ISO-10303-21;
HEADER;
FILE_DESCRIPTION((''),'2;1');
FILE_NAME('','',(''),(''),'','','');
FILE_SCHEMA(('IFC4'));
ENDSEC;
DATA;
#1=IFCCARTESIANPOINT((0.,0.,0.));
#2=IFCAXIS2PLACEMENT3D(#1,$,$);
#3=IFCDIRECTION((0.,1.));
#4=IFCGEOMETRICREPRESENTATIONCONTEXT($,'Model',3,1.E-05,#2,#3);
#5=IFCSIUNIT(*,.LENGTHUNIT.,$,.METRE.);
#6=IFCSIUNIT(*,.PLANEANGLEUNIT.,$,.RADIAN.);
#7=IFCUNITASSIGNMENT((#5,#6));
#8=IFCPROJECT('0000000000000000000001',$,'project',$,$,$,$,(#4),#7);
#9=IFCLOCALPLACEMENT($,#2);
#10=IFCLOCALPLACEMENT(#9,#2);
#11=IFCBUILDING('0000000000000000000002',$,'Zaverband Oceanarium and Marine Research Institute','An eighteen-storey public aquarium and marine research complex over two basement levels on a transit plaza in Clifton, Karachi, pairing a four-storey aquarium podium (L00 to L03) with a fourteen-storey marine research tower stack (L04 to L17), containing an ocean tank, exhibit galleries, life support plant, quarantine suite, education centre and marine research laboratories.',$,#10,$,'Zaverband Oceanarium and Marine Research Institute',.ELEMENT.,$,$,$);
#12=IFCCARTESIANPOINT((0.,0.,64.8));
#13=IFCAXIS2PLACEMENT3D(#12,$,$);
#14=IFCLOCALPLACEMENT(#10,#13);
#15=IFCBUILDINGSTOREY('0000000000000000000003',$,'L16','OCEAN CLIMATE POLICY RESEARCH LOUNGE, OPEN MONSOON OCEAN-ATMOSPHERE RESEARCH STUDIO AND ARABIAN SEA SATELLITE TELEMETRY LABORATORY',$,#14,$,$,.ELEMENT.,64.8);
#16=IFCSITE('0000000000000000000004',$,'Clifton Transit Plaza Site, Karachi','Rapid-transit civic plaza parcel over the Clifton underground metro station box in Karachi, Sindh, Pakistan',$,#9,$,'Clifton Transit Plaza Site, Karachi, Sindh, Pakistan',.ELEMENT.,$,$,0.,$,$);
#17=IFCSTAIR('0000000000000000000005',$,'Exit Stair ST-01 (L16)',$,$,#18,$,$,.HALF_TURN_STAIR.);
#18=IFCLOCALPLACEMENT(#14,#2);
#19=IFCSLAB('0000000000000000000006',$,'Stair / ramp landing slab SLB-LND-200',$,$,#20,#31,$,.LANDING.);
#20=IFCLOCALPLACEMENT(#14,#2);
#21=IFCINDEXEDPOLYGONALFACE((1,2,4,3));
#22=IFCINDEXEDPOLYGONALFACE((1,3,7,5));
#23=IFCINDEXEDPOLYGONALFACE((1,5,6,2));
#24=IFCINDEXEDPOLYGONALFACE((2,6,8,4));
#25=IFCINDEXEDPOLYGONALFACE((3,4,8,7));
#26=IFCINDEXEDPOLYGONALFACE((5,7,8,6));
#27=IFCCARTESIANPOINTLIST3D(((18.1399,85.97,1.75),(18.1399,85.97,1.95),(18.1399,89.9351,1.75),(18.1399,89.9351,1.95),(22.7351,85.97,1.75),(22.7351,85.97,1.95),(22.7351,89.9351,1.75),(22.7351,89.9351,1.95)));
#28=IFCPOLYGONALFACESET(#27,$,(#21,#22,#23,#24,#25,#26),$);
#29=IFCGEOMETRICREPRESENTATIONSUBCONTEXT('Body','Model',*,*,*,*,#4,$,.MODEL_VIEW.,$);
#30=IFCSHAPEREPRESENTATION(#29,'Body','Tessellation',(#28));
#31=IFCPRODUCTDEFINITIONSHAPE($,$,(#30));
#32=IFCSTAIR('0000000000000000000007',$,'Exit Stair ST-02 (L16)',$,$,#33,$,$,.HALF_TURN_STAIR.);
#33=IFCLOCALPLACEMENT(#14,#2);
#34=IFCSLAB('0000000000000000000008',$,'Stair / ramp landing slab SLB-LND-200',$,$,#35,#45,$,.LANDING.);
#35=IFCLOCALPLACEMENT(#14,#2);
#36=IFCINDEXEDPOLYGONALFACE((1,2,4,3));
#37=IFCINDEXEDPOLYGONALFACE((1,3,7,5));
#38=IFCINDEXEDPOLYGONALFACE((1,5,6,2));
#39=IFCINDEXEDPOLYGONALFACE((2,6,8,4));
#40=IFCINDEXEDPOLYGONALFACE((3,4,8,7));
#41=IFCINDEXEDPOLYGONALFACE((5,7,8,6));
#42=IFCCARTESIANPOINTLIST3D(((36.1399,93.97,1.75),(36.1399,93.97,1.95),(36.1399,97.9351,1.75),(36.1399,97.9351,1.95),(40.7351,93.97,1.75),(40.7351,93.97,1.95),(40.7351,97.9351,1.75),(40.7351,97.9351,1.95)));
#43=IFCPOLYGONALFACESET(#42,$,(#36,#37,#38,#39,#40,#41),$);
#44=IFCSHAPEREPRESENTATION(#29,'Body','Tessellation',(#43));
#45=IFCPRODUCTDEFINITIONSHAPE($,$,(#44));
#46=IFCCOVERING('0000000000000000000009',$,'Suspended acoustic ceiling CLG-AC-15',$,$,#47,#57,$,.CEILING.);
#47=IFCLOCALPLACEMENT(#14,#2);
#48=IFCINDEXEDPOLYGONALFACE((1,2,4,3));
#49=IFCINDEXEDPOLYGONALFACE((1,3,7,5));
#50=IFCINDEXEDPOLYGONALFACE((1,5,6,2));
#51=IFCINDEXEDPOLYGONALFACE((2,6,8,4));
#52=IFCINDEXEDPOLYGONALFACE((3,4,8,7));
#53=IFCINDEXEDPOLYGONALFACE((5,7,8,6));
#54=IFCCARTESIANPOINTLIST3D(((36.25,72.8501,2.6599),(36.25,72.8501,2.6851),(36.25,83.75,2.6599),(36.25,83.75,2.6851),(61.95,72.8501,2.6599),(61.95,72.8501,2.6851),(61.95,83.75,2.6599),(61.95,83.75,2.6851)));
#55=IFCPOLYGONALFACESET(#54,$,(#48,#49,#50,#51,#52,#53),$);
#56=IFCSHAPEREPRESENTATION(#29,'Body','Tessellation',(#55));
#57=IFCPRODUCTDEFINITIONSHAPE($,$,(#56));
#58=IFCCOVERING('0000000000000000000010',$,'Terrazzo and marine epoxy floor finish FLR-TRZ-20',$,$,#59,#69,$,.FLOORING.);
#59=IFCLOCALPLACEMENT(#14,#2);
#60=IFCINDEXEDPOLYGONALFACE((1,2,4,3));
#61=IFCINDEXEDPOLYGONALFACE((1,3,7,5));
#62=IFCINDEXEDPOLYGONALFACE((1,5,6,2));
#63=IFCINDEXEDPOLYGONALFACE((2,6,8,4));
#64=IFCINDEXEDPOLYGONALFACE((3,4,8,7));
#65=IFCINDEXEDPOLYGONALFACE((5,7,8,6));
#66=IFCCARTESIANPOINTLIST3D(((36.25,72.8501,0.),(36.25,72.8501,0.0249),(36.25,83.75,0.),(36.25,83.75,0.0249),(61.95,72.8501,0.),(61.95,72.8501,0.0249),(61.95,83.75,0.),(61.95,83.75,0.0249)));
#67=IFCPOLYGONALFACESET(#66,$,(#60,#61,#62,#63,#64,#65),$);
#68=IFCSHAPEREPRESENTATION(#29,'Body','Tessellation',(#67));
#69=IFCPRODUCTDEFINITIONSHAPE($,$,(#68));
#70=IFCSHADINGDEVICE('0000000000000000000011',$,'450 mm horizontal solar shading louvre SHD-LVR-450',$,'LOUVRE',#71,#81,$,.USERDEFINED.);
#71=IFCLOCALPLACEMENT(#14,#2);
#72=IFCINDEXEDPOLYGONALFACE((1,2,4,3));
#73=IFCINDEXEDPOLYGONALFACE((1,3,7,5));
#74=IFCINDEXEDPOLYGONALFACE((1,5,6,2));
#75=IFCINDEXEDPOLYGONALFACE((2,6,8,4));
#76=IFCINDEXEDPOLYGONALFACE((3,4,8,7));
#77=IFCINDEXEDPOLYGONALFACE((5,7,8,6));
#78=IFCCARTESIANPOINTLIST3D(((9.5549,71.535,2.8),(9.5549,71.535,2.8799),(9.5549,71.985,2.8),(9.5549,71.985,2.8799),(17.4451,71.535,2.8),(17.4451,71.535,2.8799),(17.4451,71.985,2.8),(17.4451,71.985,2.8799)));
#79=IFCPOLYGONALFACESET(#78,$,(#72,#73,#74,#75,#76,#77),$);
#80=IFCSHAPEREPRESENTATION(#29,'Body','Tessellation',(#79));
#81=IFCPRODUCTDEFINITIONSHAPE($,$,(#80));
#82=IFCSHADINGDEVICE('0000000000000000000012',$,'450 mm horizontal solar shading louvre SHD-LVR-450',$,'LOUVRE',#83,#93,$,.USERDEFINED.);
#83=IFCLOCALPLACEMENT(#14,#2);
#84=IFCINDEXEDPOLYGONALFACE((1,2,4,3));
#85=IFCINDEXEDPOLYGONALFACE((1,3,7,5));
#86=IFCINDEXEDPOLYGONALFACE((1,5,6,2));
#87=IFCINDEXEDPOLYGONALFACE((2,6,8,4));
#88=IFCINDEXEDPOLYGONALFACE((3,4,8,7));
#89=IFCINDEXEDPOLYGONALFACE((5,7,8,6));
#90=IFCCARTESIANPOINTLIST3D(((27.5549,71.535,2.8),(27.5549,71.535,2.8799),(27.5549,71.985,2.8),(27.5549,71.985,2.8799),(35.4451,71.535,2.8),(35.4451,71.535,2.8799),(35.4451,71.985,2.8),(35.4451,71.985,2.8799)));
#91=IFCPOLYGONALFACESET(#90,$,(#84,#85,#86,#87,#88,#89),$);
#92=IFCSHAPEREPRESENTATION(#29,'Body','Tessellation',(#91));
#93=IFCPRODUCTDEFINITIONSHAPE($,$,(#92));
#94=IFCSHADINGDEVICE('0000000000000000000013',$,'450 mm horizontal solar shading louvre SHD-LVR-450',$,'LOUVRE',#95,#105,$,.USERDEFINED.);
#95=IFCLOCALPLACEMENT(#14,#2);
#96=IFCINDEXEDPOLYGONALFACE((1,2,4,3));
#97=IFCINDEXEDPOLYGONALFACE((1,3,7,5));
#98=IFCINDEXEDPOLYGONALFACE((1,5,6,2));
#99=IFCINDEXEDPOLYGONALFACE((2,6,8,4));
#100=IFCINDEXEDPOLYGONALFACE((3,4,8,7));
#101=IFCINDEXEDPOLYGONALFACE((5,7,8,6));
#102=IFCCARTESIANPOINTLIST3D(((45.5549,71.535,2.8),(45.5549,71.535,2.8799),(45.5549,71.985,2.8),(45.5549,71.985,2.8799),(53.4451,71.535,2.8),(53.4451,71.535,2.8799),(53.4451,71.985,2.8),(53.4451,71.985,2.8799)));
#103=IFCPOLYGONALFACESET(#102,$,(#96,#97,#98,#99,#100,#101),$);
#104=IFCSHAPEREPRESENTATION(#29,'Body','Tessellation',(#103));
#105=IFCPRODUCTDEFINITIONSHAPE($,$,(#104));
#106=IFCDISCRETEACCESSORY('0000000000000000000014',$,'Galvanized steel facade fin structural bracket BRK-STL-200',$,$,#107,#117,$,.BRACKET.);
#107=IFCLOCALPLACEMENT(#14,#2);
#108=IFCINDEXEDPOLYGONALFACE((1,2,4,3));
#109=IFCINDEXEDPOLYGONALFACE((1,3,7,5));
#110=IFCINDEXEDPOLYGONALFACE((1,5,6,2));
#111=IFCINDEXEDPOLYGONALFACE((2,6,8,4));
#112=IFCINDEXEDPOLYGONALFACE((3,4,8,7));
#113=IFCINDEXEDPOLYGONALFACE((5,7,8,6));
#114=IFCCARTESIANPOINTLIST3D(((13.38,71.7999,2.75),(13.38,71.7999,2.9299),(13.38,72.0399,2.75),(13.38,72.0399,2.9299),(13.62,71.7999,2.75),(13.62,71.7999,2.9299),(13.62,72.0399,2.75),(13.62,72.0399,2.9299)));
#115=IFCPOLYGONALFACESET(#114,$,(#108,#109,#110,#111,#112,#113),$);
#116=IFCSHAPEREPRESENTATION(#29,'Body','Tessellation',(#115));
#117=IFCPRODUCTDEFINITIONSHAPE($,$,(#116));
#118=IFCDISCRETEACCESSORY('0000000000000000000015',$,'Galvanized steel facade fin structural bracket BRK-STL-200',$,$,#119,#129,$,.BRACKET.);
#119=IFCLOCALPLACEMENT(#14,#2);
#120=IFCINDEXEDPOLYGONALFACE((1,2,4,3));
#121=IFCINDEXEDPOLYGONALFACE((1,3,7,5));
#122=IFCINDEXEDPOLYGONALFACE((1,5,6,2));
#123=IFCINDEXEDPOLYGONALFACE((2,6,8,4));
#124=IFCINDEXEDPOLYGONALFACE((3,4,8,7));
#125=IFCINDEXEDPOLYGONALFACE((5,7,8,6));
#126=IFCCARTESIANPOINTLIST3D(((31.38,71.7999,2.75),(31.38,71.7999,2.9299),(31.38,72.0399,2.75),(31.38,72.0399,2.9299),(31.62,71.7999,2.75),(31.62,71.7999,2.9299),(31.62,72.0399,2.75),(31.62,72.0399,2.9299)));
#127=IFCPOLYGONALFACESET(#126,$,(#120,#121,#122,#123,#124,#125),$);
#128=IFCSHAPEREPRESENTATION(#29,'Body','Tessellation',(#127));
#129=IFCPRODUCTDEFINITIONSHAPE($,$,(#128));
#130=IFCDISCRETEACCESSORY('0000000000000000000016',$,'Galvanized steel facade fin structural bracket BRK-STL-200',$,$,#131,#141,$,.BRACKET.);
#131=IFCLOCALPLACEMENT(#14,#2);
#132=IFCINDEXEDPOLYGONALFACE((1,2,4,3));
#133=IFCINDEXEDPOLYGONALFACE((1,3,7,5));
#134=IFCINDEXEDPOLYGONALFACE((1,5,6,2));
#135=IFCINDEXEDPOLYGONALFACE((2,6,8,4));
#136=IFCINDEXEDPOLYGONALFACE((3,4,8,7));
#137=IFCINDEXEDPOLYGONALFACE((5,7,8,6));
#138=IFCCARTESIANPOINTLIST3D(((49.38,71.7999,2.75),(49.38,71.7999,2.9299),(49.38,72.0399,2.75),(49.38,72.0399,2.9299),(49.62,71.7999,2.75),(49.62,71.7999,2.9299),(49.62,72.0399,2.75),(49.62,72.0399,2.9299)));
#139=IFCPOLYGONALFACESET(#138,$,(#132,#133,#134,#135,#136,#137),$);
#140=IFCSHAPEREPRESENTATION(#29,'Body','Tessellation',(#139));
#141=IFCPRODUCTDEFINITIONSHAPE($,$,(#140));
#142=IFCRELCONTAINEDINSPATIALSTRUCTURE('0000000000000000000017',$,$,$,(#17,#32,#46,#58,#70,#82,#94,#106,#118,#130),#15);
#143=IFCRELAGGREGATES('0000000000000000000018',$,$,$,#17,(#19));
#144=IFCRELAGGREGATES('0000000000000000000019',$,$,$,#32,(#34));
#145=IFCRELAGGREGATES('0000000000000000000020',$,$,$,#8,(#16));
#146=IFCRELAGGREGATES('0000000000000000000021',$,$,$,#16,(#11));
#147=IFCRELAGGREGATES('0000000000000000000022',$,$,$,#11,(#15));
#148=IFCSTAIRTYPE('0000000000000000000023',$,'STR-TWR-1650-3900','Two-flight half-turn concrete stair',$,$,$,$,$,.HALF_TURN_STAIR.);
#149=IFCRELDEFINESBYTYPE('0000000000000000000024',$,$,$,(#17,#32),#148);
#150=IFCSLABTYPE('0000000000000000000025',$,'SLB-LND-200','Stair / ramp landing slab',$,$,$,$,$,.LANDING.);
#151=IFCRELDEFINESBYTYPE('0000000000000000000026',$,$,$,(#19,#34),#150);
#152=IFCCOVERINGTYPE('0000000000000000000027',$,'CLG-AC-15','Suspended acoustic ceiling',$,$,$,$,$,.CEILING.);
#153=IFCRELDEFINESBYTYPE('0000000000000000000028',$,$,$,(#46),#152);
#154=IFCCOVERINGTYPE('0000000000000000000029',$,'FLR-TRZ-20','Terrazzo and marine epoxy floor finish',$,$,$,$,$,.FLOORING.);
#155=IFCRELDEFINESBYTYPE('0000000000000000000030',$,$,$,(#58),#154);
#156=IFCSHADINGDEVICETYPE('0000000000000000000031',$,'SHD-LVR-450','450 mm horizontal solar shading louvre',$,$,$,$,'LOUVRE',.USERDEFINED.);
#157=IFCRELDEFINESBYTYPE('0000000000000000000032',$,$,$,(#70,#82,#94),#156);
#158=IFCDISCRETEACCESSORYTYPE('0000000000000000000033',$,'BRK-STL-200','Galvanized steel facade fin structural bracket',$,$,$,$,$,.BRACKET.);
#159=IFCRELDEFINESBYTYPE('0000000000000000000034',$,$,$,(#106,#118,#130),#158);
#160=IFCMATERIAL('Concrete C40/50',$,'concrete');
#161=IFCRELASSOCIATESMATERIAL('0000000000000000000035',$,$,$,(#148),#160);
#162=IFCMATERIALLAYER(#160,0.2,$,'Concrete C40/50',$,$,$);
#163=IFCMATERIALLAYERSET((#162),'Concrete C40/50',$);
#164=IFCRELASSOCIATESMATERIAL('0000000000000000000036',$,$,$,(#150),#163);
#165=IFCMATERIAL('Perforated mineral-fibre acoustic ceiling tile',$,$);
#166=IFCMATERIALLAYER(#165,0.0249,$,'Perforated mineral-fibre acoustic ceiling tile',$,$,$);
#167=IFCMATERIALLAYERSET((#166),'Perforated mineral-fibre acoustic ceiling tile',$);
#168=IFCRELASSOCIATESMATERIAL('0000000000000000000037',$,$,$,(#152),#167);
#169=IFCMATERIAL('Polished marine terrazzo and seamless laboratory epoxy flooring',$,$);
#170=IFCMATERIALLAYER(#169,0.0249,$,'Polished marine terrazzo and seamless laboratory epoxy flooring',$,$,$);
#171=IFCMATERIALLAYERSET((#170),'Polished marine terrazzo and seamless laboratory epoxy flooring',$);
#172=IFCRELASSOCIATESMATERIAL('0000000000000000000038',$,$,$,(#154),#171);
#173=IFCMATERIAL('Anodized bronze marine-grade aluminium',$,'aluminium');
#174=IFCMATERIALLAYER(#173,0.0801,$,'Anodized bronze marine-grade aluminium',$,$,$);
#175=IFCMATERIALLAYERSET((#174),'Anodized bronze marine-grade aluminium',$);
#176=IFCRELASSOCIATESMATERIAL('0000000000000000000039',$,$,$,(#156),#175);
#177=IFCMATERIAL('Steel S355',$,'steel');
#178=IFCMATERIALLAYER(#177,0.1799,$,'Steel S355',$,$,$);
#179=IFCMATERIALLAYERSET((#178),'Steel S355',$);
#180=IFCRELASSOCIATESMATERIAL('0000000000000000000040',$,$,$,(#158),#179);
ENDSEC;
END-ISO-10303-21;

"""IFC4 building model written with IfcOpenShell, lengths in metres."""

from ifc_helpers import new_model, si_unit, direction, frame, frame_2d, origin, origin_2d, place, context, subcontext, project, spatial, polyline, rectangle, outline, extrude, material, layer, layer_set, type_object, element, aggregate, save


model = new_model("IFC4")

# Units and contexts
model_context = context("Model", 3, precision=1e-05, world=origin(), true_north=direction((0.0, 1.0)))
body_context = subcontext(model_context, "Body", "Model", "MODEL_VIEW")
ifc_project = project(units=[si_unit("LENGTHUNIT", "METRE"), si_unit("PLANEANGLEUNIT", "RADIAN")], contexts=[model_context])

# Site, building, storey
site_placement = place(None, origin())
site = spatial("IfcSite", under=ifc_project, at=site_placement, Name="Clifton Transit Plaza Site, Karachi", Description="Rapid-transit civic plaza parcel over the Clifton underground metro station box in Karachi, Sindh, Pakistan", LongName="Clifton Transit Plaza Site, Karachi, Sindh, Pakistan", CompositionType="ELEMENT", RefElevation=0.0)
building_placement = place(site_placement, origin())
building = spatial("IfcBuilding", under=site, at=building_placement, Name="Zaverband Oceanarium and Marine Research Institute", Description="An eighteen-storey public aquarium and marine research complex over two basement levels on a transit plaza in Clifton, Karachi, pairing a four-storey aquarium podium (L00 to L03) with a fourteen-storey marine research tower stack (L04 to L17), containing an ocean tank, exhibit galleries, life support plant, quarantine suite, education centre and marine research laboratories.", LongName="Zaverband Oceanarium and Marine Research Institute", CompositionType="ELEMENT")
storey_placement = place(building_placement, frame((0.0, 0.0, 64.8)))
storey = spatial("IfcBuildingStorey", under=building, at=storey_placement, Name="L16", Description="OCEAN CLIMATE POLICY RESEARCH LOUNGE, OPEN MONSOON OCEAN-ATMOSPHERE RESEARCH STUDIO AND ARABIAN SEA SATELLITE TELEMETRY LABORATORY", CompositionType="ELEMENT", Elevation=64.8)

# Shared definitions
ifc_material_1 = material(Name="Concrete C40/50", Category="concrete")

# Stairs, slabs
stair_type = type_object("IfcStairType", Name="STR-TWR-1650-3900", Description="Two-flight half-turn concrete stair", PredefinedType="HALF_TURN_STAIR", material=ifc_material_1)
stair_1_placement = place(storey_placement, origin())
stair_1 = element("IfcStair", 1, at=stair_1_placement, inside=storey, type_object=stair_type, Name="Exit Stair ST-01 (L16)", PredefinedType="HALF_TURN_STAIR")
ifc_layer_1 = layer(ifc_material_1, 0.2, Name="Concrete C40/50")
ifc_layer_set_1 = layer_set([ifc_layer_1], Name="Concrete C40/50")
slab_type_1 = type_object("IfcSlabType", Name="SLB-LND-200", Description="Stair / ramp landing slab", PredefinedType="LANDING", material=ifc_layer_set_1)
slab_1_placement = place(storey_placement, frame((0.0, 0.0, 1.75)))
slab_1 = element("IfcSlab", 2, at=slab_1_placement, type_object=slab_type_1, Name="Stair / ramp landing slab SLB-LND-200", PredefinedType="LANDING", context=body_context, shape_type="SweptSolid", body=[
    extrude(outline(polyline([(18.1399, 85.97), (22.7351, 85.97), (22.7351, 89.9351), (18.1399, 89.9351), (18.1399, 85.97)])), origin(), (0.0, 0.0, 1.0), 0.2),
])
aggregate(stair_1, [slab_1])
stair_2_placement = place(storey_placement, origin())
stair_2 = element("IfcStair", 3, at=stair_2_placement, inside=storey, type_object=stair_type, Name="Exit Stair ST-02 (L16)", PredefinedType="HALF_TURN_STAIR")
slab_2_placement = place(storey_placement, frame((0.0, 0.0, 1.75)))
slab_2 = element("IfcSlab", 4, at=slab_2_placement, type_object=slab_type_1, Name="Stair / ramp landing slab SLB-LND-200", PredefinedType="LANDING", context=body_context, shape_type="SweptSolid", body=[
    extrude(outline(polyline([(36.1399, 93.97), (40.7351, 93.97), (40.7351, 97.9351), (36.1399, 97.9351), (36.1399, 93.97)])), origin(), (0.0, 0.0, 1.0), 0.2),
])
aggregate(stair_2, [slab_2])

# Coverings
ifc_material_2 = material(Name="Perforated mineral-fibre acoustic ceiling tile")
ifc_layer_2 = layer(ifc_material_2, 0.0249, Name="Perforated mineral-fibre acoustic ceiling tile")
ifc_layer_set_2 = layer_set([ifc_layer_2], Name="Perforated mineral-fibre acoustic ceiling tile")
covering_type_1 = type_object("IfcCoveringType", Name="CLG-AC-15", Description="Suspended acoustic ceiling", PredefinedType="CEILING", material=ifc_layer_set_2)
covering_1_placement = place(storey_placement, frame((0.0, 0.0, 2.6599)))
element("IfcCovering", 5, at=covering_1_placement, inside=storey, type_object=covering_type_1, Name="Suspended acoustic ceiling CLG-AC-15", PredefinedType="CEILING", context=body_context, shape_type="SweptSolid", body=[
    extrude(outline(polyline([(36.25, 72.8501), (61.95, 72.8501), (61.95, 83.75), (36.25, 83.75), (36.25, 72.8501)])), origin(), (0.0, 0.0, 1.0), 0.0251),
])
ifc_material_3 = material(Name="Polished marine terrazzo and seamless laboratory epoxy flooring")
ifc_layer_3 = layer(ifc_material_3, 0.0249, Name="Polished marine terrazzo and seamless laboratory epoxy flooring")
ifc_layer_set_3 = layer_set([ifc_layer_3], Name="Polished marine terrazzo and seamless laboratory epoxy flooring")
covering_type_2 = type_object("IfcCoveringType", Name="FLR-TRZ-20", Description="Terrazzo and marine epoxy floor finish", PredefinedType="FLOORING", material=ifc_layer_set_3)
covering_2_placement = place(storey_placement, origin())
element("IfcCovering", 6, at=covering_2_placement, inside=storey, type_object=covering_type_2, Name="Terrazzo and marine epoxy floor finish FLR-TRZ-20", PredefinedType="FLOORING", context=body_context, shape_type="SweptSolid", body=[
    extrude(outline(polyline([(36.25, 72.8501), (61.95, 72.8501), (61.95, 83.75), (36.25, 83.75), (36.25, 72.8501)])), origin(), (0.0, 0.0, 1.0), 0.0249),
])

# Shading devices
ifc_material_4 = material(Name="Anodized bronze marine-grade aluminium", Category="aluminium")
ifc_layer_4 = layer(ifc_material_4, 0.0801, Name="Anodized bronze marine-grade aluminium")
ifc_layer_set_4 = layer_set([ifc_layer_4], Name="Anodized bronze marine-grade aluminium")
shading_device_type = type_object("IfcShadingDeviceType", Name="SHD-LVR-450", Description="450 mm horizontal solar shading louvre", ElementType="LOUVRE", PredefinedType="USERDEFINED", material=ifc_layer_set_4)
for number, where, z_axis, x_axis, name in (
    (7, (9.5549, 71.76, 2.8), (0.0, 0.0, 1.0), (1.0, 0.0, 0.0), "450 mm horizontal solar shading louvre SHD-LVR-450"),
    (8, (27.5549, 71.76, 2.8), (0.0, 0.0, 1.0), (1.0, 0.0, 0.0), "450 mm horizontal solar shading louvre SHD-LVR-450"),
    (9, (45.5549, 71.76, 2.8), (0.0, 0.0, 1.0), (1.0, 0.0, 0.0), "450 mm horizontal solar shading louvre SHD-LVR-450"),
):
    element("IfcShadingDevice", number, at=place(storey_placement, frame(where, z_axis=z_axis, x_axis=x_axis)), inside=storey, type_object=shading_device_type, Name=name, ObjectType="LOUVRE", PredefinedType="USERDEFINED", context=body_context, shape_type="SweptSolid", body=[
        extrude(rectangle(XDim=7.8901, YDim=0.45, at=frame_2d((3.9451, 0.0))), origin(), (0.0, 0.0, 1.0), 0.0798),
    ])

# Discrete accessories
ifc_material_5 = material(Name="Steel S355", Category="steel")
ifc_layer_5 = layer(ifc_material_5, 0.1799, Name="Steel S355")
ifc_layer_set_5 = layer_set([ifc_layer_5], Name="Steel S355")
discrete_accessory_type = type_object("IfcDiscreteAccessoryType", Name="BRK-STL-200", Description="Galvanized steel facade fin structural bracket", PredefinedType="BRACKET", material=ifc_layer_set_5)
for number, where, z_axis, x_axis, name in (
    (10, (13.5, 71.9199, 2.75), (0.0, 0.0, 1.0), (1.0, 0.0, 0.0), "Galvanized steel facade fin structural bracket BRK-STL-200"),
    (11, (31.5, 71.9199, 2.75), (0.0, 0.0, 1.0), (1.0, 0.0, 0.0), "Galvanized steel facade fin structural bracket BRK-STL-200"),
    (12, (49.5, 71.9199, 2.75), (0.0, 0.0, 1.0), (1.0, 0.0, 0.0), "Galvanized steel facade fin structural bracket BRK-STL-200"),
):
    element("IfcDiscreteAccessory", number, at=place(storey_placement, frame(where, z_axis=z_axis, x_axis=x_axis)), inside=storey, type_object=discrete_accessory_type, Name=name, PredefinedType="BRACKET", context=body_context, shape_type="SweptSolid", body=[
        extrude(rectangle(XDim=0.24, YDim=0.24, at=origin_2d()), origin(), (0.0, 0.0, 1.0), 0.1799),
    ])

save(model, "model.ifc")
